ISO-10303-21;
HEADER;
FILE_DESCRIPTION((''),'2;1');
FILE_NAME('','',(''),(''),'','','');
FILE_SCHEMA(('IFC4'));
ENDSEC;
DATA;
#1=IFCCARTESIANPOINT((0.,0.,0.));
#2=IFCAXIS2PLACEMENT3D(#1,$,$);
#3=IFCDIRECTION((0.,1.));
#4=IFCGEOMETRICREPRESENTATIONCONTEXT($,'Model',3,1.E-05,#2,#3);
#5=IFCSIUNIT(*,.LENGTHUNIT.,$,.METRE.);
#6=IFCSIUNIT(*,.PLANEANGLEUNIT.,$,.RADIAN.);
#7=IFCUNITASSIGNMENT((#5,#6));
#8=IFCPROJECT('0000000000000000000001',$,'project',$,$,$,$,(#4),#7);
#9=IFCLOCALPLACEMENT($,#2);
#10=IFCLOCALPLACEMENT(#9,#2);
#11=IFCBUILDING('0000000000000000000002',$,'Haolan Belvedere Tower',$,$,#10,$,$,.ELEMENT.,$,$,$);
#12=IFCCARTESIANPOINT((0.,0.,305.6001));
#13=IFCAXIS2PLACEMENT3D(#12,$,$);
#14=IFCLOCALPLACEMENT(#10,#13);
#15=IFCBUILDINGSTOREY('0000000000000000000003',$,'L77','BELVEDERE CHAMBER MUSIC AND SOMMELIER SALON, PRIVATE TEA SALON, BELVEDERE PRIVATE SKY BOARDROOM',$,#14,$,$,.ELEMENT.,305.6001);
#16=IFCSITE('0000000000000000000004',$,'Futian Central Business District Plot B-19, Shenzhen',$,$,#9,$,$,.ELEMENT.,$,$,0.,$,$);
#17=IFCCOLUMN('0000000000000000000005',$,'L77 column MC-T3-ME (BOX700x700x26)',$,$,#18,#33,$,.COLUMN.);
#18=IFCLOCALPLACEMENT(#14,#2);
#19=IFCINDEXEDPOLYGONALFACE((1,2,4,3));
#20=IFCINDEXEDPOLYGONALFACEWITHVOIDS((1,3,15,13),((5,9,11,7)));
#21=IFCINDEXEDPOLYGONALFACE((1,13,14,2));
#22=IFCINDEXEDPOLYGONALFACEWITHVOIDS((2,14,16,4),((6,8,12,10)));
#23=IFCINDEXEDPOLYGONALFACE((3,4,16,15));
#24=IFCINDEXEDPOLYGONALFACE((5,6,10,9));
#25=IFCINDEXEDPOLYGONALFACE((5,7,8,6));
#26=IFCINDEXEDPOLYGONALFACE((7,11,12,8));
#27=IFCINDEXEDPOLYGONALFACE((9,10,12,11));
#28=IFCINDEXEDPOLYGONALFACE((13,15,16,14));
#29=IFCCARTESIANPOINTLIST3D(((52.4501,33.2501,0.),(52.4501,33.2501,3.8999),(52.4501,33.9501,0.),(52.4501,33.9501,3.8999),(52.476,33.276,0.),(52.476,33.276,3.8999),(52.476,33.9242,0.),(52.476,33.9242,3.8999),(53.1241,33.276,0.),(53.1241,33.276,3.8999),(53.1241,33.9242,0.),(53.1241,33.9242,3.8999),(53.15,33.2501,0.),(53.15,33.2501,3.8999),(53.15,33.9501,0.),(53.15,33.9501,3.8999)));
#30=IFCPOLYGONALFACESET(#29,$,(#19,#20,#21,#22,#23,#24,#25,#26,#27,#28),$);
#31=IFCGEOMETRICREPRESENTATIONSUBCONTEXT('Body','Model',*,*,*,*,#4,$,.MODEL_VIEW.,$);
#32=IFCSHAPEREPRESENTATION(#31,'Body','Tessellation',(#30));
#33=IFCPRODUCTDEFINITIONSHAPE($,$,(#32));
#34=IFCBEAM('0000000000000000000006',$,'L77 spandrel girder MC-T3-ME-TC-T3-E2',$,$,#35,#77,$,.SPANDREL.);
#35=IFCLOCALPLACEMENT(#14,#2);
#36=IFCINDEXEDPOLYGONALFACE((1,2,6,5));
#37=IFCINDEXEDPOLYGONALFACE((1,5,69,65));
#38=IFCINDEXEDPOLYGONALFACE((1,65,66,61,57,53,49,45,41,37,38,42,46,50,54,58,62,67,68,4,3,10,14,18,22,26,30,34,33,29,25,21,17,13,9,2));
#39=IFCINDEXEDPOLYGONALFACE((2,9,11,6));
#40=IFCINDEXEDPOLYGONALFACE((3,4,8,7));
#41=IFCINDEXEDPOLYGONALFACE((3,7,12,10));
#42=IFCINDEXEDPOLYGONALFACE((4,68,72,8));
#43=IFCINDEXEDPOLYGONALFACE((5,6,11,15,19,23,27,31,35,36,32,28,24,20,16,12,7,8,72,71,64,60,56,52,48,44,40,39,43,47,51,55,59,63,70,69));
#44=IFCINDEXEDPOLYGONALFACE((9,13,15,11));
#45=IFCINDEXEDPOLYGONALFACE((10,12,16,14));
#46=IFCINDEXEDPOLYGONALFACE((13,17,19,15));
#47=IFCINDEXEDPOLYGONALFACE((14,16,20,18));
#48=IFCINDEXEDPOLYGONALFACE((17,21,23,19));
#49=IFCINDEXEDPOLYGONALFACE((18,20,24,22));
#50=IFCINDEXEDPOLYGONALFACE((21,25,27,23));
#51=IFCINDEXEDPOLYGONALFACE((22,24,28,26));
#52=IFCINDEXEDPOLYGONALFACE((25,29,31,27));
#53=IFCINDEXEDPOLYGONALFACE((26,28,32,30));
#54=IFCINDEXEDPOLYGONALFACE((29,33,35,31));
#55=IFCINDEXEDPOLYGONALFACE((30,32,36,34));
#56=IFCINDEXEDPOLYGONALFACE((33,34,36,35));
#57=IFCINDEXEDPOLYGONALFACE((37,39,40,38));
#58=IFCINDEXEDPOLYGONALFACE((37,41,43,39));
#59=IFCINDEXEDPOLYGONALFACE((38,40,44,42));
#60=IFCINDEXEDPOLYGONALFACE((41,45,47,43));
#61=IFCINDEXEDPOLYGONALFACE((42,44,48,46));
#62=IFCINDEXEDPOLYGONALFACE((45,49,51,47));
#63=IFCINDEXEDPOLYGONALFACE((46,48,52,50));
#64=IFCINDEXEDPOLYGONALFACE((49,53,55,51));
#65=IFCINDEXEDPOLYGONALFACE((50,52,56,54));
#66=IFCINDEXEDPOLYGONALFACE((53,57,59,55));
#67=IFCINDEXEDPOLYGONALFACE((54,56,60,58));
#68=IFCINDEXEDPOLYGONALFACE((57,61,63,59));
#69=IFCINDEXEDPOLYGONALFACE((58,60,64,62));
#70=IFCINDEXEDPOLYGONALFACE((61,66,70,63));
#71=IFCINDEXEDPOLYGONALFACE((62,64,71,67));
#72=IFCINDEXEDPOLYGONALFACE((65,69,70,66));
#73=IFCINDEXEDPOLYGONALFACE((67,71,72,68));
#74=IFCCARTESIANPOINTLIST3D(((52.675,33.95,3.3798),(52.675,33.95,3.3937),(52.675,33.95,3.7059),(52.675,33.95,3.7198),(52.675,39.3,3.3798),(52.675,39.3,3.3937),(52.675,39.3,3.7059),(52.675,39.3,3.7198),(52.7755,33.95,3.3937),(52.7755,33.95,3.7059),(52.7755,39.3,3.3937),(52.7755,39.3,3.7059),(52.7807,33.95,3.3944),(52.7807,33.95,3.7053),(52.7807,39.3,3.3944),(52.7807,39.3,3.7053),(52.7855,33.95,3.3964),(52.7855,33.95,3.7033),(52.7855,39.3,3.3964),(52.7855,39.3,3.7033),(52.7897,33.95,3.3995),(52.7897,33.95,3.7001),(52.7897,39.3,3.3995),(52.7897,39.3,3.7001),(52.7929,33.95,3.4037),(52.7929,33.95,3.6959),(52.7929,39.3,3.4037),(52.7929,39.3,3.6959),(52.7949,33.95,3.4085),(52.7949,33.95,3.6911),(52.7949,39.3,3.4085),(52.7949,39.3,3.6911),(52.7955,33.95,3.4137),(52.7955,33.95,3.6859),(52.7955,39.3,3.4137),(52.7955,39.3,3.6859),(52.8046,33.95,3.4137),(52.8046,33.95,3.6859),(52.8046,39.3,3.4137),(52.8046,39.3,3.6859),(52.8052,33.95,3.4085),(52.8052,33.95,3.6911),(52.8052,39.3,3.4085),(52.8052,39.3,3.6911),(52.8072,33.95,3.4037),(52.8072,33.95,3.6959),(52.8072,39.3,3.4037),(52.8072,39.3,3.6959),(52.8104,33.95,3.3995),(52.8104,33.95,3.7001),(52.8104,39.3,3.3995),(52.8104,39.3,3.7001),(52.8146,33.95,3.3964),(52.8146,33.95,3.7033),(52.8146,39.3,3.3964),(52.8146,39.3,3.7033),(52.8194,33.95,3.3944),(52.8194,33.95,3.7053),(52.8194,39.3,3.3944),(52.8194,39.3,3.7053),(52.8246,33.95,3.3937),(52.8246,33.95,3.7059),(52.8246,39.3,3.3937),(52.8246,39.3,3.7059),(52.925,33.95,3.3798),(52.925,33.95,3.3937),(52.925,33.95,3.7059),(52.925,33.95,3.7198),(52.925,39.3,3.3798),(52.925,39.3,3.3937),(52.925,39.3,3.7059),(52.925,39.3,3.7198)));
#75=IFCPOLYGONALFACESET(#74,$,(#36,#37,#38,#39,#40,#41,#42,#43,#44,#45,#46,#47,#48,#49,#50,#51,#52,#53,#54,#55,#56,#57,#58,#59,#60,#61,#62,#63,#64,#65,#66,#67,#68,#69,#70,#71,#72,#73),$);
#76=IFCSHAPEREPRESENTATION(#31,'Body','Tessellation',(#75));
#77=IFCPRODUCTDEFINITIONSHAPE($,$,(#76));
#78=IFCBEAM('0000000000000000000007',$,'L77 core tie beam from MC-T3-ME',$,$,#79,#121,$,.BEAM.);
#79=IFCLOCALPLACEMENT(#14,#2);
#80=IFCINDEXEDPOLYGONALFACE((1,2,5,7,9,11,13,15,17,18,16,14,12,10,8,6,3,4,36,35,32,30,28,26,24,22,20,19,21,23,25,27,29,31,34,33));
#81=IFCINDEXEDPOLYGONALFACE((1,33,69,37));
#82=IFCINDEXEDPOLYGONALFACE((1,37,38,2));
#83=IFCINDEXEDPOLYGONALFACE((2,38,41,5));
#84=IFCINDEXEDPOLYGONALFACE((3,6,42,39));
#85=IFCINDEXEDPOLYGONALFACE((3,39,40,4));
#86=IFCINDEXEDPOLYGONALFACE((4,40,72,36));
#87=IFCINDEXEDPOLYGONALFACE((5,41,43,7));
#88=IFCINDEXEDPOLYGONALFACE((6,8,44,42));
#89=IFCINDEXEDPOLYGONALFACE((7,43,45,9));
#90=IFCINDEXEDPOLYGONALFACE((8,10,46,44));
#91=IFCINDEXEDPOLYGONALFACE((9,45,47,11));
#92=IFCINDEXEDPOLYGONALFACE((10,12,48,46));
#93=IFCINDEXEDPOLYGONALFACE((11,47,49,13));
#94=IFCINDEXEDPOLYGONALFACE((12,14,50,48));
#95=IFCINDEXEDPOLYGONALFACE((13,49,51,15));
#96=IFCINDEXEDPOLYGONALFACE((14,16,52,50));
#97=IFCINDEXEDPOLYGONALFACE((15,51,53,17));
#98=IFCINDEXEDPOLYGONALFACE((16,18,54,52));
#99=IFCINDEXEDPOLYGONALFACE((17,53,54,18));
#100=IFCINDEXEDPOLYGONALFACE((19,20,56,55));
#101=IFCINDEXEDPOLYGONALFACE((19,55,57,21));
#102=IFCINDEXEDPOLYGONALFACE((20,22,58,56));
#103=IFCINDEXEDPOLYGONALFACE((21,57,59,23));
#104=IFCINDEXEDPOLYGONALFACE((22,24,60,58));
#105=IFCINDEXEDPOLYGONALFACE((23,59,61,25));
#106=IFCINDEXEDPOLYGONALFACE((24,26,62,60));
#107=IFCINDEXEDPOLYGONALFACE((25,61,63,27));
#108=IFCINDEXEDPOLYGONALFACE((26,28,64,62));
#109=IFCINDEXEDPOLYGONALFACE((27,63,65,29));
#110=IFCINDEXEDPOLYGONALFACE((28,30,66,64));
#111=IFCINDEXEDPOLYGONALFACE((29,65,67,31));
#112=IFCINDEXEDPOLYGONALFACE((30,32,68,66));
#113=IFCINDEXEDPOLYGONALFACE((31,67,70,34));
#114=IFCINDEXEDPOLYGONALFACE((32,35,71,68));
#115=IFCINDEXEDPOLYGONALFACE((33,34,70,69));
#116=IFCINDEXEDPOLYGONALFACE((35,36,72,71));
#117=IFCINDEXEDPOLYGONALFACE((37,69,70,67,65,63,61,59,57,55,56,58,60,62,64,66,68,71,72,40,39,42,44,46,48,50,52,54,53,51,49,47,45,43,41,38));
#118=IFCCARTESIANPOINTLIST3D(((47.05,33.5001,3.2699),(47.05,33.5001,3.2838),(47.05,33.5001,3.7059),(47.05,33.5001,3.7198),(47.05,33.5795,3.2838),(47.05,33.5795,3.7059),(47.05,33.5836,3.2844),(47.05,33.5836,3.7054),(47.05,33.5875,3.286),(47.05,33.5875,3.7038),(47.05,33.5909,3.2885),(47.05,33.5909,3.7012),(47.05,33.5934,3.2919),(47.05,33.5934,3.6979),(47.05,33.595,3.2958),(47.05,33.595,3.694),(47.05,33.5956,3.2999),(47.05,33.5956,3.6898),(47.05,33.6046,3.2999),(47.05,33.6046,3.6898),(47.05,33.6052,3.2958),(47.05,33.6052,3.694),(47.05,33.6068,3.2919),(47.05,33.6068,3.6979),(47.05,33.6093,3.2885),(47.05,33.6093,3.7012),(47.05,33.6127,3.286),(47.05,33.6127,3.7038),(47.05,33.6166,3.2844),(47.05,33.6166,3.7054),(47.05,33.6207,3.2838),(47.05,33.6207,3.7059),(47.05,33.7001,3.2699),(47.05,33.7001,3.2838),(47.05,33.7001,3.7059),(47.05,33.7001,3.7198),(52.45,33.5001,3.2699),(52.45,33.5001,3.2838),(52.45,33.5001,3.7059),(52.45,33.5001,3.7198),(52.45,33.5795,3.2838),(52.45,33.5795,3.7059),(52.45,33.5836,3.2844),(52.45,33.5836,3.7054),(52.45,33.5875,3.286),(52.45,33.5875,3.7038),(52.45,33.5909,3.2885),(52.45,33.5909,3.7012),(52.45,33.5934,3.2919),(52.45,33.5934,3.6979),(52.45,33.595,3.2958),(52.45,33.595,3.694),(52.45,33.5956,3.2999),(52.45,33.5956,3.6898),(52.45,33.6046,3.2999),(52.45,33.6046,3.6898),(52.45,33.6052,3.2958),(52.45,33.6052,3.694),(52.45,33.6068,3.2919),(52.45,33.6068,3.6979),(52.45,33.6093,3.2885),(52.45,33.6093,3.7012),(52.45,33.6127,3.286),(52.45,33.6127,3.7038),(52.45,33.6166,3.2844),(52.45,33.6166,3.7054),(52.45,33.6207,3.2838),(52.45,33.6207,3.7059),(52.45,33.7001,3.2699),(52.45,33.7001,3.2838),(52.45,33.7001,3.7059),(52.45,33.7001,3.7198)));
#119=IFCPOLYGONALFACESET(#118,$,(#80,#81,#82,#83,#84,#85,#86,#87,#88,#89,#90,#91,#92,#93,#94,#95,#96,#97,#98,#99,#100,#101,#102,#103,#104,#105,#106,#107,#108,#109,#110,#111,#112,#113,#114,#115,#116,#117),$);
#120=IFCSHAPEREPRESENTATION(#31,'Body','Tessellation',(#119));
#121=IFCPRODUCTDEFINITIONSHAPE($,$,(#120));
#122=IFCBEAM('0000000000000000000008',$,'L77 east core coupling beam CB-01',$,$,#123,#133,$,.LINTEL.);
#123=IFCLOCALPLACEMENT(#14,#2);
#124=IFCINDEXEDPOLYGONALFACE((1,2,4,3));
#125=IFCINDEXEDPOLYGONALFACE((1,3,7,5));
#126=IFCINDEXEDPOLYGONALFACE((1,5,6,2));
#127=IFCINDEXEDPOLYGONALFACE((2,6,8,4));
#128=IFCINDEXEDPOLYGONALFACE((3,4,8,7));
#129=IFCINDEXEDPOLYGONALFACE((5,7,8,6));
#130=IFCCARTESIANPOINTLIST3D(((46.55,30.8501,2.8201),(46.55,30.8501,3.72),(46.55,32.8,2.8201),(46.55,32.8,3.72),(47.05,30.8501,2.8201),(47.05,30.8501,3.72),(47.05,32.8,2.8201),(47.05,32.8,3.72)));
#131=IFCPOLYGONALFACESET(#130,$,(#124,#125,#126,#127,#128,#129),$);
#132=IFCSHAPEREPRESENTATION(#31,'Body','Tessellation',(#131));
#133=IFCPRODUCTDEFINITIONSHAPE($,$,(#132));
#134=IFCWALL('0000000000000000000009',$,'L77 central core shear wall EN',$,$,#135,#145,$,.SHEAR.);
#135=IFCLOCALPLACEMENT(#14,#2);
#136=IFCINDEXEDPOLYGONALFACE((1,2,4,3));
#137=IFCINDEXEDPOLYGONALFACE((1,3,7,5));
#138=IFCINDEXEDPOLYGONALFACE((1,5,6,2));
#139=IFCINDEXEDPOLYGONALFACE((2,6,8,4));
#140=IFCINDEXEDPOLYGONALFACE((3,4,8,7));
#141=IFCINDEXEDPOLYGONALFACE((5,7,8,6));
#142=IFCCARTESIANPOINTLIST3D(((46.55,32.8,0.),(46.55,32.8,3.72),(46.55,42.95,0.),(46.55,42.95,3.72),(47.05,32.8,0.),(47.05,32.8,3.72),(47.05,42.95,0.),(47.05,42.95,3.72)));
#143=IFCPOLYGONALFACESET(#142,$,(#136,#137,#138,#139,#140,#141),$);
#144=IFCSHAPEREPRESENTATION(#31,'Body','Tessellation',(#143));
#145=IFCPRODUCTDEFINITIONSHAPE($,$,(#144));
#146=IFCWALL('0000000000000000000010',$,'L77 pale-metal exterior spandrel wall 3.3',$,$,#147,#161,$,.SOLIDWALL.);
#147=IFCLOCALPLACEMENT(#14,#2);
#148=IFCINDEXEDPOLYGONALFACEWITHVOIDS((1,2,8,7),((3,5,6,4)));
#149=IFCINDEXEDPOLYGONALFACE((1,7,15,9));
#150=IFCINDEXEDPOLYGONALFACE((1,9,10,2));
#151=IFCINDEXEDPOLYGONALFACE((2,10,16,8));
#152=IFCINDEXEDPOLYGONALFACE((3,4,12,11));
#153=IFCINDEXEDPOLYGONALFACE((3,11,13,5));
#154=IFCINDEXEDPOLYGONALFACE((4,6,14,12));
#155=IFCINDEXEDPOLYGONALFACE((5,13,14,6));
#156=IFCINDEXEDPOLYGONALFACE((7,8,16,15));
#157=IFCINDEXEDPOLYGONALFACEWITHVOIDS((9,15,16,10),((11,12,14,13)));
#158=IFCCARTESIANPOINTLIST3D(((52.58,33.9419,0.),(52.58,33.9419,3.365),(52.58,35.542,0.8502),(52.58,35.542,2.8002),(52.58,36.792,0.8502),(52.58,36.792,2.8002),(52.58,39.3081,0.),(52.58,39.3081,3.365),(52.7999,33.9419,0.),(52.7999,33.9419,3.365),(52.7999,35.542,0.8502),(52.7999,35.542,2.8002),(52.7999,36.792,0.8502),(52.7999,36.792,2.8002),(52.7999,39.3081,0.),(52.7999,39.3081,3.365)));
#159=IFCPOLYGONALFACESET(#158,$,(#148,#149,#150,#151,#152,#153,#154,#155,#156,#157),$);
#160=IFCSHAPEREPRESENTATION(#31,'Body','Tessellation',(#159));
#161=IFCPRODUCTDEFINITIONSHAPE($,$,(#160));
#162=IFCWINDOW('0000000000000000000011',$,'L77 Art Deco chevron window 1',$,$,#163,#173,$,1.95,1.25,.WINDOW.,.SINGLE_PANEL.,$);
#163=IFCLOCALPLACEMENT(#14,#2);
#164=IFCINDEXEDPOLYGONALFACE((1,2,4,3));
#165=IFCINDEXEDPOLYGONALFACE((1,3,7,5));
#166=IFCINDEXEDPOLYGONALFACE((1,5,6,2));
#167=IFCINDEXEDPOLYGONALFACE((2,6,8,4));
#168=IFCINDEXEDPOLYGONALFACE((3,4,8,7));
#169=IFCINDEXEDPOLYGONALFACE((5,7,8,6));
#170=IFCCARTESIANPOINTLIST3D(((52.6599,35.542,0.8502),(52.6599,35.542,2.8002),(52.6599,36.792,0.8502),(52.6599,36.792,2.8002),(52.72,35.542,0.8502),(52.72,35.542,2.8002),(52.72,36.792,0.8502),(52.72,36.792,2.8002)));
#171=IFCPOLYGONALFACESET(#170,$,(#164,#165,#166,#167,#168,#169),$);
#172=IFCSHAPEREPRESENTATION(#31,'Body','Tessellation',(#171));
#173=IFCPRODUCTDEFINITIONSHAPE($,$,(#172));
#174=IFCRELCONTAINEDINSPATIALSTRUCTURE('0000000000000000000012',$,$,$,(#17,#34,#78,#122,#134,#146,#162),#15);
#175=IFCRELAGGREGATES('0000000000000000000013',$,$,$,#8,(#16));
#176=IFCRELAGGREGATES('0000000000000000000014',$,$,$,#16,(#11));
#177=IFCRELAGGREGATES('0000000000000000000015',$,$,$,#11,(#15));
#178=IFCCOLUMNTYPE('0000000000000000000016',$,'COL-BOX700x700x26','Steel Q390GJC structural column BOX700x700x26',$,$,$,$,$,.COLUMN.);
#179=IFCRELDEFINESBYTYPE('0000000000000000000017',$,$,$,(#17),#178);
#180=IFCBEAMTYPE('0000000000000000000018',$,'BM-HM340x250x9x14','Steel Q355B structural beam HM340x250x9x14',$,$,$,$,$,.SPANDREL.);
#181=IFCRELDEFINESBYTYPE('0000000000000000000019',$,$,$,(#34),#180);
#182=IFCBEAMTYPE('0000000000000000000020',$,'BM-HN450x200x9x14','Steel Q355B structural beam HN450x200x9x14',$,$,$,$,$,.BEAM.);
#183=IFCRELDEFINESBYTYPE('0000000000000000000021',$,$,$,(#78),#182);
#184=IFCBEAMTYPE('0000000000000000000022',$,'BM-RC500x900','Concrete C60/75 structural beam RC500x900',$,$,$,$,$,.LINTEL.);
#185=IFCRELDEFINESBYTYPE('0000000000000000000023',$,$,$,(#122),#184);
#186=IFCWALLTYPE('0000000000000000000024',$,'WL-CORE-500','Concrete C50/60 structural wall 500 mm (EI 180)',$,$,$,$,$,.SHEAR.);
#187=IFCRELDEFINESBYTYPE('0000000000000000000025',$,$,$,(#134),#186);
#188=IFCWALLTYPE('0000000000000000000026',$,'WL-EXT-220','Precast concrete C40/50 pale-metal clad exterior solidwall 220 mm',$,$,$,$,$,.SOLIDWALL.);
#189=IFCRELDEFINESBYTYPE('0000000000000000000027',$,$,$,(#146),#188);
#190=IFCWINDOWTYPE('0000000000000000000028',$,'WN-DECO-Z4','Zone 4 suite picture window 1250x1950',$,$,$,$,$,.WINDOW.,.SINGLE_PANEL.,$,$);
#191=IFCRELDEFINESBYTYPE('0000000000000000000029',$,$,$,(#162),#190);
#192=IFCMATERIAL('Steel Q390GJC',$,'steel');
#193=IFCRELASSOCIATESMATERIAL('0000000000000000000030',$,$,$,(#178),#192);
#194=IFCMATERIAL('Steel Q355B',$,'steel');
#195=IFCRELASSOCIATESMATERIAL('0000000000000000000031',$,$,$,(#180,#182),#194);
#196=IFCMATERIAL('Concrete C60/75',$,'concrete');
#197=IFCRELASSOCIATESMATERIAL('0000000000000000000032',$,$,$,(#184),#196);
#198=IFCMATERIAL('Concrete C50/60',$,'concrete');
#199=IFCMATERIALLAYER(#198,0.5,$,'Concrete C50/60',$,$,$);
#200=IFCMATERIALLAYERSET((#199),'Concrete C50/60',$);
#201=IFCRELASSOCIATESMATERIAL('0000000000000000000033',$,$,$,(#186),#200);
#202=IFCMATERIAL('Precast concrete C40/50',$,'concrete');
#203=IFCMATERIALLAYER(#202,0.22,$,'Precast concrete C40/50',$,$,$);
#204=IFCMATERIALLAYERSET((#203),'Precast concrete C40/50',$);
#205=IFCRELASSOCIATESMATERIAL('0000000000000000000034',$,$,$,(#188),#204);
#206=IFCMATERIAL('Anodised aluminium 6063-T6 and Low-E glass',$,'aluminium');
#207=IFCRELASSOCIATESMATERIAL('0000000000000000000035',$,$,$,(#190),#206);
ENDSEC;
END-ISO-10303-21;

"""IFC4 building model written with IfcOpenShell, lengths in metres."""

from ifc_helpers import new_model, si_unit, direction, frame, frame_2d, origin, origin_2d, place, context, subcontext, project, spatial, rectangle, hollow_rectangle, i_section, extrude, material, layer, layer_set, material_profile, profile_set, type_object, element, fill, save


model = new_model("IFC4")

# Units and contexts
model_context = context("Model", 3, precision=1e-05, world=origin(), true_north=direction((0.0, 1.0)))
body_context = subcontext(model_context, "Body", "Model", "MODEL_VIEW")
ifc_project = project(units=[si_unit("LENGTHUNIT", "METRE"), si_unit("PLANEANGLEUNIT", "RADIAN")], contexts=[model_context])

# Site, building, storey
site_placement = place(None, origin())
site = spatial("IfcSite", under=ifc_project, at=site_placement, Name="Futian Central Business District Plot B-19, Shenzhen", CompositionType="ELEMENT", RefElevation=0.0)
building_placement = place(site_placement, origin())
building = spatial("IfcBuilding", under=site, at=building_placement, Name="Haolan Belvedere Tower", CompositionType="ELEMENT")
storey_placement = place(building_placement, frame((0.0, 0.0, 305.6001)))
storey = spatial("IfcBuildingStorey", under=building, at=storey_placement, Name="L77", Description="BELVEDERE CHAMBER MUSIC AND SOMMELIER SALON, PRIVATE TEA SALON, BELVEDERE PRIVATE SKY BOARDROOM", CompositionType="ELEMENT", Elevation=305.6001)

# Column
ifc_material_1 = material(Name="Steel Q390GJC", Category="steel")
ifc_material_profile_1 = material_profile(ifc_material_1, hollow_rectangle(XDim=0.7, YDim=0.7, WallThickness=0.0259, at=origin_2d()), Name="Steel Q390GJC")
ifc_profile_set_1 = profile_set([ifc_material_profile_1], Name="Steel Q390GJC")
column_type = type_object("IfcColumnType", Name="COL-BOX700x700x26", Description="Steel Q390GJC structural column BOX700x700x26", PredefinedType="COLUMN", material=ifc_profile_set_1)
column_placement = place(storey_placement, frame((52.8, 33.6001, 0.0), z_axis=(0.0, 0.0, 1.0), x_axis=(1.0, 0.0, 0.0)))
element("IfcColumn", 1, at=column_placement, inside=storey, type_object=column_type, Name="L77 column MC-T3-ME (BOX700x700x26)", PredefinedType="COLUMN", context=body_context, shape_type="SweptSolid", body=[
    extrude(hollow_rectangle(XDim=0.7, YDim=0.7, WallThickness=0.0259, at=origin_2d()), origin(), (0.0, 0.0, 1.0), 3.8999),
])

# Beams
ifc_material_2 = material(Name="Steel Q355B", Category="steel")
ifc_material_profile_2 = material_profile(ifc_material_2, i_section(OverallWidth=0.25, OverallDepth=0.3401, WebThickness=0.009, FlangeThickness=0.0139, FilletRadius=0.02, at=origin_2d()), Name="Steel Q355B")
ifc_profile_set_2 = profile_set([ifc_material_profile_2], Name="Steel Q355B")
beam_type_1 = type_object("IfcBeamType", Name="BM-HM340x250x9x14", Description="Steel Q355B structural beam HM340x250x9x14", PredefinedType="SPANDREL", material=ifc_profile_set_2)
beam_1_placement = place(storey_placement, frame((52.8, 33.95, 3.5498), z_axis=(0.0, 1.0, 0.0), x_axis=(-1.0, 0.0, 0.0)))
element("IfcBeam", 2, at=beam_1_placement, inside=storey, type_object=beam_type_1, Name="L77 spandrel girder MC-T3-ME-TC-T3-E2", PredefinedType="SPANDREL", context=body_context, shape_type="SweptSolid", body=[
    extrude(i_section(OverallWidth=0.25, OverallDepth=0.3401, WebThickness=0.009, FlangeThickness=0.0139, FilletRadius=0.02, at=origin_2d()), origin(), (0.0, 0.0, 1.0), 5.3501),
])
ifc_material_profile_3 = material_profile(ifc_material_2, i_section(OverallWidth=0.2, OverallDepth=0.45, WebThickness=0.009, FlangeThickness=0.0139, FilletRadius=0.0161, at=origin_2d()), Name="Steel Q355B")
ifc_profile_set_3 = profile_set([ifc_material_profile_3], Name="Steel Q355B")
beam_type_2 = type_object("IfcBeamType", Name="BM-HN450x200x9x14", Description="Steel Q355B structural beam HN450x200x9x14", PredefinedType="BEAM", material=ifc_profile_set_3)
beam_2_placement = place(storey_placement, frame((52.45, 33.6001, 3.4949), z_axis=(-1.0, 0.0, 0.0), x_axis=(0.0, -1.0, 0.0)))
element("IfcBeam", 3, at=beam_2_placement, inside=storey, type_object=beam_type_2, Name="L77 core tie beam from MC-T3-ME", PredefinedType="BEAM", context=body_context, shape_type="SweptSolid", body=[
    extrude(i_section(OverallWidth=0.2, OverallDepth=0.45, WebThickness=0.009, FlangeThickness=0.0139, FilletRadius=0.0161, at=origin_2d()), origin(), (0.0, 0.0, 1.0), 5.3999),
])
ifc_material_3 = material(Name="Concrete C60/75", Category="concrete")
ifc_material_profile_4 = material_profile(ifc_material_3, rectangle(XDim=0.5, YDim=0.8999, at=origin_2d()), Name="Concrete C60/75")
ifc_profile_set_4 = profile_set([ifc_material_profile_4], Name="Concrete C60/75")
beam_type_3 = type_object("IfcBeamType", Name="BM-RC500x900", Description="Concrete C60/75 structural beam RC500x900", PredefinedType="LINTEL", material=ifc_profile_set_4)
beam_3_placement = place(storey_placement, frame((46.8, 30.8501, 3.27), z_axis=(0.0, 1.0, 0.0), x_axis=(-1.0, 0.0, 0.0)))
element("IfcBeam", 4, at=beam_3_placement, inside=storey, type_object=beam_type_3, Name="L77 east core coupling beam CB-01", PredefinedType="LINTEL", context=body_context, shape_type="SweptSolid", body=[
    extrude(rectangle(XDim=0.5, YDim=0.8999, at=origin_2d()), origin(), (0.0, 0.0, 1.0), 1.95),
])

# Wall
ifc_material_4 = material(Name="Concrete C50/60", Category="concrete")
ifc_layer_1 = layer(ifc_material_4, 0.5, Name="Concrete C50/60")
ifc_layer_set_1 = layer_set([ifc_layer_1], Name="Concrete C50/60")
wall_type_1 = type_object("IfcWallType", Name="WL-CORE-500", Description="Concrete C50/60 structural wall 500 mm (EI 180)", PredefinedType="SHEAR", material=ifc_layer_set_1)
wall_1_placement = place(storey_placement, frame((46.8, 32.8, 0.0), z_axis=(0.0, 0.0, 1.0), x_axis=(0.0, 1.0, 0.0)))
element("IfcWall", 5, at=wall_1_placement, inside=storey, type_object=wall_type_1, Name="L77 central core shear wall EN", PredefinedType="SHEAR", context=body_context, shape_type="SweptSolid", body=[
    extrude(rectangle(XDim=10.1499, YDim=0.5, at=frame_2d((5.075, 0.0))), origin(), (0.0, 0.0, 1.0), 3.72),
])

# Wall, opening, window
ifc_material_5 = material(Name="Precast concrete C40/50", Category="concrete")
ifc_layer_2 = layer(ifc_material_5, 0.22, Name="Precast concrete C40/50")
ifc_layer_set_2 = layer_set([ifc_layer_2], Name="Precast concrete C40/50")
wall_type_2 = type_object("IfcWallType", Name="WL-EXT-220", Description="Precast concrete C40/50 pale-metal clad exterior solidwall 220 mm", PredefinedType="SOLIDWALL", material=ifc_layer_set_2)
wall_2_placement = place(storey_placement, frame((52.6899, 33.9419, 0.0), z_axis=(0.0, 0.0, 1.0), x_axis=(0.0, 1.0, 0.0)))
wall_2 = element("IfcWall", 6, at=wall_2_placement, inside=storey, type_object=wall_type_2, Name="L77 pale-metal exterior spandrel wall 3.3", PredefinedType="SOLIDWALL", context=body_context, shape_type="SweptSolid", body=[
    extrude(rectangle(XDim=5.3662, YDim=0.22, at=frame_2d((2.6831, 0.0))), origin(), (0.0, 0.0, 1.0), 3.365),
])
opening_1_placement = place(wall_2_placement, frame((1.6001, 0.0, 0.8501)))
opening_1 = element("IfcOpeningElement", 7, at=opening_1_placement, cuts=wall_2, PredefinedType="OPENING", context=body_context, shape_type="SweptSolid", body=[
    extrude(rectangle(XDim=1.25, YDim=1.95, at=frame_2d((0.625, 0.9751))), frame((0.0, 0.1199, 0.0), z_axis=(0.0, -1.0, 0.0), x_axis=(1.0, 0.0, 0.0)), (0.0, 0.0, 1.0), 0.24),
])
ifc_material_6 = material(Name="Anodised aluminium 6063-T6 and Low-E glass", Category="aluminium")
window_type = type_object("IfcWindowType", Name="WN-DECO-Z4", Description="Zone 4 suite picture window 1250x1950", PartitioningType="SINGLE_PANEL", PredefinedType="WINDOW", material=ifc_material_6)
window_placement = place(opening_1_placement, origin())
window = element("IfcWindow", 8, at=window_placement, inside=storey, type_object=window_type, Name="L77 Art Deco chevron window 1", OverallHeight=1.95, OverallWidth=1.25, PartitioningType="SINGLE_PANEL", PredefinedType="WINDOW", context=body_context, shape_type="SweptSolid", body=[
    extrude(rectangle(XDim=1.25, YDim=1.95, at=frame_2d((0.625, 0.9751))), frame((0.0, 0.03, 0.0), z_axis=(0.0, -1.0, 0.0), x_axis=(1.0, 0.0, 0.0)), (0.0, 0.0, 1.0), 0.0601),
])
fill(opening_1, window)

save(model, "model.ifc")
